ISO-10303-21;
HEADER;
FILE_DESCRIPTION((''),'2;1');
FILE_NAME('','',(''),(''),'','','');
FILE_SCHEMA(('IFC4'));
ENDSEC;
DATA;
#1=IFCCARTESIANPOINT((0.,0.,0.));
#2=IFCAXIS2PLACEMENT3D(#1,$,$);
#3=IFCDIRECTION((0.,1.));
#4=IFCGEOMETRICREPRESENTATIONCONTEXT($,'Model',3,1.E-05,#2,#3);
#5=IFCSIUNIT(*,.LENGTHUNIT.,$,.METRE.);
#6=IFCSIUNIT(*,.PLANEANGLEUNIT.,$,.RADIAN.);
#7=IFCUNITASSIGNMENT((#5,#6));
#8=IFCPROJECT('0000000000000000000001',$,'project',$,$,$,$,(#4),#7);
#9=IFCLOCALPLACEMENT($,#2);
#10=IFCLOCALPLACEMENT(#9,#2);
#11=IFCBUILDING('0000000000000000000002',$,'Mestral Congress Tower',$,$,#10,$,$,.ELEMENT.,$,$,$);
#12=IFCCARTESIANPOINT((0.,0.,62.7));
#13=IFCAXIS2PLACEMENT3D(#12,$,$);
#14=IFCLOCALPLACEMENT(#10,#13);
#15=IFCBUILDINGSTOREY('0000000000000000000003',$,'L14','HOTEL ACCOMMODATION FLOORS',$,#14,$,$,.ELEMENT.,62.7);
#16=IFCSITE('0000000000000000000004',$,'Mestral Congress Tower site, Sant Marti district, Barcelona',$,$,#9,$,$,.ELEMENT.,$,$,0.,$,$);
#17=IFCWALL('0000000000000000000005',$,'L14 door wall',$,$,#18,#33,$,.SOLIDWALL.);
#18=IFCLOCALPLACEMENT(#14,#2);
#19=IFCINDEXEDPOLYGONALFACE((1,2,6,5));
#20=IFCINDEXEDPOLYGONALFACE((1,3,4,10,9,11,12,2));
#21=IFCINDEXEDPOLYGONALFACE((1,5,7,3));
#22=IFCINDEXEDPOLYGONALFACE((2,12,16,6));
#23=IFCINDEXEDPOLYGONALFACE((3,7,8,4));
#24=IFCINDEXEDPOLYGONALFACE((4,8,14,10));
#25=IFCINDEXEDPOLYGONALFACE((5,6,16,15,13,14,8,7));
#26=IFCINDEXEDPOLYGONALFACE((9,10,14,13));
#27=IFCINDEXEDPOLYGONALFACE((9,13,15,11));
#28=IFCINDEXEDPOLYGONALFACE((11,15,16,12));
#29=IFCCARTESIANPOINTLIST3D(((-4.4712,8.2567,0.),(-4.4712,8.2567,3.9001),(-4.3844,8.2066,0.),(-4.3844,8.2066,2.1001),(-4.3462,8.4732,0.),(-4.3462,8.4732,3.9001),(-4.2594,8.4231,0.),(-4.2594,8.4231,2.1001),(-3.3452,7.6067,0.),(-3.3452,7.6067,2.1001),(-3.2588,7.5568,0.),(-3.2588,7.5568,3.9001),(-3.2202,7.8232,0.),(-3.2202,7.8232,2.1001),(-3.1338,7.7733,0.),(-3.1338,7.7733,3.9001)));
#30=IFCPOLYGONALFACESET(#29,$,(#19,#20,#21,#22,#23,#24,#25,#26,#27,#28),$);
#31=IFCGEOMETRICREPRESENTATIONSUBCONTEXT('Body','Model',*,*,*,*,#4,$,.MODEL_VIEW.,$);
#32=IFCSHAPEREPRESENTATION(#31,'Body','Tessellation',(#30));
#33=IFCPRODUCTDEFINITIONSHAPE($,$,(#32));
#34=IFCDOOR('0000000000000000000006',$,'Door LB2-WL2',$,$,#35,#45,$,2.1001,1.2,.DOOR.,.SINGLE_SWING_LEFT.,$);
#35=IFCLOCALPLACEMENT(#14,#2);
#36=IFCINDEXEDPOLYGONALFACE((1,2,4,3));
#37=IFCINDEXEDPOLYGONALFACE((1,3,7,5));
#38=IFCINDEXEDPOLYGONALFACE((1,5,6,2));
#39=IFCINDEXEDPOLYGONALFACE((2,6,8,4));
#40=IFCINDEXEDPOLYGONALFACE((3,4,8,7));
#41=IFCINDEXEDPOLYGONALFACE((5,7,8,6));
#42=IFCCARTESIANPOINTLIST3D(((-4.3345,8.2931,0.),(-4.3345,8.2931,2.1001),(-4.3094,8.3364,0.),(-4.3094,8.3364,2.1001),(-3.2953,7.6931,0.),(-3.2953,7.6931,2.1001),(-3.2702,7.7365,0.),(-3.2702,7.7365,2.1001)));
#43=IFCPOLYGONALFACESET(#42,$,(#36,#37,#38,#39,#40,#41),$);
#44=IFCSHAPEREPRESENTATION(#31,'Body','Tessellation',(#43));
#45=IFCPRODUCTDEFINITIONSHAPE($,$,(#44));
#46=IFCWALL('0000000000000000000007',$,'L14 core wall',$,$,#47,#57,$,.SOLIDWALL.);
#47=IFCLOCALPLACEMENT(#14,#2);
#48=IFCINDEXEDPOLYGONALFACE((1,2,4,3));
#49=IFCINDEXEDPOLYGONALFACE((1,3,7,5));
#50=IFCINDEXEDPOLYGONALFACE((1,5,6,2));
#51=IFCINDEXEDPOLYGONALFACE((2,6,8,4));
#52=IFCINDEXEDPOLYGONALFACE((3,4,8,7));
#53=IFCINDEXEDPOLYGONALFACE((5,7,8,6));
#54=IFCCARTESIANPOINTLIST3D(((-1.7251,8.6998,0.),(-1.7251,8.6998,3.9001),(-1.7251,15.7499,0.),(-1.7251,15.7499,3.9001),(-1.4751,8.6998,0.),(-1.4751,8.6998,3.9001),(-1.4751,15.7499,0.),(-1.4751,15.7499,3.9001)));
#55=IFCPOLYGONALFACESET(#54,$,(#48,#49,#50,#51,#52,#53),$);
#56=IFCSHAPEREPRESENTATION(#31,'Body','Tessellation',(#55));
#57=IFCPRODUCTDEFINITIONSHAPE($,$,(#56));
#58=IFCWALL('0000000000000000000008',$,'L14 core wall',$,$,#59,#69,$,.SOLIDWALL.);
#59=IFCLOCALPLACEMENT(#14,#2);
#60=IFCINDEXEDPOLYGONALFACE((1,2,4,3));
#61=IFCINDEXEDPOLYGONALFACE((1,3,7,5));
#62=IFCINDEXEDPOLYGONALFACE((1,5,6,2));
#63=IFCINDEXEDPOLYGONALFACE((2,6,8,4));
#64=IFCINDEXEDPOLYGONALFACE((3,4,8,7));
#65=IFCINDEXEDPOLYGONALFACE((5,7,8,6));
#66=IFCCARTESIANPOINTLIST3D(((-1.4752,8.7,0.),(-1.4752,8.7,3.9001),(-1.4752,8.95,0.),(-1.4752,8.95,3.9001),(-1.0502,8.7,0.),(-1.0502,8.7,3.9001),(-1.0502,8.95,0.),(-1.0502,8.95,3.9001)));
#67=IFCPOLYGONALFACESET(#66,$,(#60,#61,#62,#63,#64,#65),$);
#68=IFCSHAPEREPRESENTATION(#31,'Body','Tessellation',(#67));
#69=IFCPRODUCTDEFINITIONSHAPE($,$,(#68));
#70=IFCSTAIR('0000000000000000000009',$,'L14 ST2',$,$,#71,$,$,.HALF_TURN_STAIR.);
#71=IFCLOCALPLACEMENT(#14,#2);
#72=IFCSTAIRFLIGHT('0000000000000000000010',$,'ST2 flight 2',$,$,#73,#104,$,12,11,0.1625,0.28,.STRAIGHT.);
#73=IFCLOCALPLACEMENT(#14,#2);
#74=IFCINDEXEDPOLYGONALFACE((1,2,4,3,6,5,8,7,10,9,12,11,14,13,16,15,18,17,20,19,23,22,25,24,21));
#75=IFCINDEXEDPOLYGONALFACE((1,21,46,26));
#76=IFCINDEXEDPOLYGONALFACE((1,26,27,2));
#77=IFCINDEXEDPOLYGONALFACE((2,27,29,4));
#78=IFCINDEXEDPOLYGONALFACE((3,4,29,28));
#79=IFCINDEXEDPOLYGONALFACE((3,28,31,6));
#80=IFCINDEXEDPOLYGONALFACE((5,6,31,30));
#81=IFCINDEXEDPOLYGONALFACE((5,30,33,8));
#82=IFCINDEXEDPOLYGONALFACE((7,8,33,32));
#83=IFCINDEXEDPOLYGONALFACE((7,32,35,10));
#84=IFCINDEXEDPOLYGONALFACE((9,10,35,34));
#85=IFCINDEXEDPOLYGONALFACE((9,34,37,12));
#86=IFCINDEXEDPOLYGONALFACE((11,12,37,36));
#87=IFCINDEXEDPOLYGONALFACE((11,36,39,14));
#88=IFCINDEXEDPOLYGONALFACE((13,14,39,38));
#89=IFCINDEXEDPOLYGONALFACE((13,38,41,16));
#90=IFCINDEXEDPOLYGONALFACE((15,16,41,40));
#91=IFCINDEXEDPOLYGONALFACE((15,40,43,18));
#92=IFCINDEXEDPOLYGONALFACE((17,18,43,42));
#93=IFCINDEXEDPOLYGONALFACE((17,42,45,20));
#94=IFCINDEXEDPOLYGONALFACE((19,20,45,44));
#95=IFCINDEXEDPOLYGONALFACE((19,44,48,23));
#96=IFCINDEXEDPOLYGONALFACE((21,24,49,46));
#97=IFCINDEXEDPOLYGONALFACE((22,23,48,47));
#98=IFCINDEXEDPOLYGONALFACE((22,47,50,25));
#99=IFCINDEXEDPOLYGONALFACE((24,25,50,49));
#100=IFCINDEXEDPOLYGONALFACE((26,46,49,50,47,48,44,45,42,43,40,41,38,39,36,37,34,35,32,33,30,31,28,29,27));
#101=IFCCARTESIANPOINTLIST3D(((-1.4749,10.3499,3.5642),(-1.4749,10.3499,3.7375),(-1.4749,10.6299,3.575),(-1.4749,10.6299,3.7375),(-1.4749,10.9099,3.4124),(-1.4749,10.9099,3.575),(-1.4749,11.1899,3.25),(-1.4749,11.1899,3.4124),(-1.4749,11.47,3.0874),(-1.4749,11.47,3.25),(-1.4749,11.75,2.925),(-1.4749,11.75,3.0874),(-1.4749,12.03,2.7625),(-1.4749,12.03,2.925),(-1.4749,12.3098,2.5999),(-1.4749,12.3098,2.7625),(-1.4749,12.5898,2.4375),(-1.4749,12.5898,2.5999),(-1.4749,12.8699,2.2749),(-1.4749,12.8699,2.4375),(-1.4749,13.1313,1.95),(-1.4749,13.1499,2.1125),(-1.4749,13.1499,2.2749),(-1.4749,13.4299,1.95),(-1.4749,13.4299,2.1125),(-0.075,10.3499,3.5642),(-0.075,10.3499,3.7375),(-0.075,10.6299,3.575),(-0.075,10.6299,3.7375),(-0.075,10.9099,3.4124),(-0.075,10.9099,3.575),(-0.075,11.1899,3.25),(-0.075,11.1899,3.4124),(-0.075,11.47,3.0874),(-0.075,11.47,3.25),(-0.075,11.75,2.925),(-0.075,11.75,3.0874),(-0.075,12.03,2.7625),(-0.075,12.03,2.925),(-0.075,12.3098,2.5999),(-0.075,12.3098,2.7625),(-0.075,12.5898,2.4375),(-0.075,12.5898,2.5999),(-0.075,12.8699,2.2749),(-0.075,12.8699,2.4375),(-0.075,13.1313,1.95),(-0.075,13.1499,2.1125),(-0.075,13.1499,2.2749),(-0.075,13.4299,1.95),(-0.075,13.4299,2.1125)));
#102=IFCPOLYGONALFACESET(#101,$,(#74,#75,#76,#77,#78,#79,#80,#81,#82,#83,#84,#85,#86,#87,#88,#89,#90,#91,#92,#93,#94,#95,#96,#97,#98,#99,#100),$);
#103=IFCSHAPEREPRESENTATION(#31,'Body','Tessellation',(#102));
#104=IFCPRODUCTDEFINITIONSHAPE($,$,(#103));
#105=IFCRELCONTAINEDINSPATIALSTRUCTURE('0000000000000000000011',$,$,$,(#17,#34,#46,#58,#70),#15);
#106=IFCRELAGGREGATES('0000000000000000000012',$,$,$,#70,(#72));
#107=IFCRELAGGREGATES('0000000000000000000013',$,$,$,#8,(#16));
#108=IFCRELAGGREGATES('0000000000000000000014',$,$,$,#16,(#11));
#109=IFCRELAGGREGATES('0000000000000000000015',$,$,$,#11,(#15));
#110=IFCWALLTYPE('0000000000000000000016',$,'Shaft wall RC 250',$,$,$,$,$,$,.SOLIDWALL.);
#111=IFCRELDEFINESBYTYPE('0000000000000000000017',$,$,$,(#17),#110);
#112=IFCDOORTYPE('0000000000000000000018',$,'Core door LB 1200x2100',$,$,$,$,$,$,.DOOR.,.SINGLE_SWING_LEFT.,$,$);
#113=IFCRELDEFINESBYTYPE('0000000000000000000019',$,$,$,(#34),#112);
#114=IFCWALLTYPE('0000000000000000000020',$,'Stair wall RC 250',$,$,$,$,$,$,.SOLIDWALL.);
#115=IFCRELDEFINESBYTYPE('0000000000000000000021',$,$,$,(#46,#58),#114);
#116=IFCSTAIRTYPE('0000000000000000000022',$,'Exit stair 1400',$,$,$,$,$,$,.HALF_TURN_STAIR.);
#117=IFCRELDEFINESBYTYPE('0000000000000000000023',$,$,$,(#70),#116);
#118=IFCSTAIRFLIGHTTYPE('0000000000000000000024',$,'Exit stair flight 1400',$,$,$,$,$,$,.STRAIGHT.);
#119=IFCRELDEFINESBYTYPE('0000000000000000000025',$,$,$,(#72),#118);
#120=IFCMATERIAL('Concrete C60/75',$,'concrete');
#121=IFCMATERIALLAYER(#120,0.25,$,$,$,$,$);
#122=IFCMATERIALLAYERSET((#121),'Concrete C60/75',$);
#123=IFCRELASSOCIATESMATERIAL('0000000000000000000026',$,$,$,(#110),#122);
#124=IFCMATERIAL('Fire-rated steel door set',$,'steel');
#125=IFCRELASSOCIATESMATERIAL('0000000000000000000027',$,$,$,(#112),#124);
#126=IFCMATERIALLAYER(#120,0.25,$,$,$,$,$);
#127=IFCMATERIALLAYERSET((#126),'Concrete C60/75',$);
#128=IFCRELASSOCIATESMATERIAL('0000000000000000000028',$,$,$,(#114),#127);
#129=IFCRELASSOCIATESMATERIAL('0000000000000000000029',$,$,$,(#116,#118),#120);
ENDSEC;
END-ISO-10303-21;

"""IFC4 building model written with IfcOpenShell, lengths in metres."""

from ifc_helpers import new_model, si_unit, direction, frame, frame_2d, origin, place, context, subcontext, project, spatial, polyline, rectangle, outline, extrude, material, layer, layer_set, type_object, element, fill, aggregate, save


model = new_model("IFC4")

# Units and contexts
model_context = context("Model", 3, precision=1e-05, world=origin(), true_north=direction((0.0, 1.0)))
body_context = subcontext(model_context, "Body", "Model", "MODEL_VIEW")
ifc_project = project(units=[si_unit("LENGTHUNIT", "METRE"), si_unit("PLANEANGLEUNIT", "RADIAN")], contexts=[model_context])

# Site, building, storey
site_placement = place(None, origin())
site = spatial("IfcSite", under=ifc_project, at=site_placement, Name="Mestral Congress Tower site, Sant Marti district, Barcelona", CompositionType="ELEMENT", RefElevation=0.0)
building_placement = place(site_placement, origin())
building = spatial("IfcBuilding", under=site, at=building_placement, Name="Mestral Congress Tower", CompositionType="ELEMENT")
storey_placement = place(building_placement, frame((0.0, 0.0, 62.7)))
storey = spatial("IfcBuildingStorey", under=building, at=storey_placement, Name="L14", Description="HOTEL ACCOMMODATION FLOORS", CompositionType="ELEMENT", Elevation=62.7)

# Shared definitions
ifc_material_1 = material(Name="Fire-rated steel door set", Category="steel")

# Shared definitions
ifc_material_2 = material(Name="Concrete C60/75", Category="concrete")
ifc_layer_1 = layer(ifc_material_2, 0.25)
ifc_layer_set_1 = layer_set([ifc_layer_1], Name="Concrete C60/75")
wall_type_1 = type_object("IfcWallType", Name="Shaft wall RC 250", PredefinedType="SOLIDWALL", material=ifc_layer_set_1)

# Wall, opening, door
wall_1_placement = place(storey_placement, frame((-4.4087, 8.365, 0.0), z_axis=(0.0, 0.0, 1.0), x_axis=(0.866035, -0.499984, 0.0)))
wall_1 = element("IfcWall", 1, at=wall_1_placement, inside=storey, type_object=wall_type_1, Name="L14 door wall", PredefinedType="SOLIDWALL", context=body_context, shape_type="SweptSolid", body=[
    extrude(rectangle(XDim=1.3999, YDim=0.25, at=frame_2d((0.7, 0.0))), origin(), (0.0, 0.0, 1.0), 3.9001),
])
opening_1_placement = place(wall_1_placement, frame((0.1001, 0.0, 0.0)))
opening_1 = element("IfcOpeningElement", 2, at=opening_1_placement, cuts=wall_1, PredefinedType="OPENING", context=body_context, shape_type="SweptSolid", body=[
    extrude(rectangle(XDim=1.2, YDim=2.1001, at=frame_2d((0.6001, 1.05))), frame((0.0, 0.135, 0.0), z_axis=(0.0, -1.0, 0.0), x_axis=(1.0, 0.0, 0.0)), (0.0, 0.0, 1.0), 0.27),
])
door_type_1 = type_object("IfcDoorType", Name="Core door LB 1200x2100", OperationType="SINGLE_SWING_LEFT", PredefinedType="DOOR", material=ifc_material_1)
door_1_placement = place(opening_1_placement, origin())
door_1 = element("IfcDoor", 3, at=door_1_placement, inside=storey, type_object=door_type_1, Name="Door LB2-WL2", OperationType="SINGLE_SWING_LEFT", OverallHeight=2.1001, OverallWidth=1.2, PredefinedType="DOOR", context=body_context, shape_type="SweptSolid", body=[
    extrude(rectangle(XDim=1.2, YDim=2.1001, at=frame_2d((0.6001, 1.05))), frame((0.0, 0.0249, 0.0), z_axis=(0.0, -1.0, 0.0), x_axis=(1.0, 0.0, 0.0)), (0.0, 0.0, 1.0), 0.05),
])
fill(opening_1, door_1)

# Walls
ifc_layer_2 = layer(ifc_material_2, 0.25)
ifc_layer_set_2 = layer_set([ifc_layer_2], Name="Concrete C60/75")
wall_type_2 = type_object("IfcWallType", Name="Stair wall RC 250", PredefinedType="SOLIDWALL", material=ifc_layer_set_2)
wall_2_placement = place(storey_placement, frame((-1.6001, 8.7, 0.0), z_axis=(0.0, 0.0, 1.0), x_axis=(0.0, 1.0, 0.0)))
element("IfcWall", 4, at=wall_2_placement, inside=storey, type_object=wall_type_2, Name="L14 core wall", PredefinedType="SOLIDWALL", context=body_context, shape_type="SweptSolid", body=[
    extrude(rectangle(XDim=7.05, YDim=0.25, at=frame_2d((3.5249, 0.0))), origin(), (0.0, 0.0, 1.0), 3.9001),
])
wall_3_placement = place(storey_placement, frame((-1.4751, 8.825, 0.0), z_axis=(0.0, 0.0, 1.0), x_axis=(1.0, 0.0, 0.0)))
element("IfcWall", 5, at=wall_3_placement, inside=storey, type_object=wall_type_2, Name="L14 core wall", PredefinedType="SOLIDWALL", context=body_context, shape_type="SweptSolid", body=[
    extrude(rectangle(XDim=0.425, YDim=0.25, at=frame_2d((0.2124, 0.0))), origin(), (0.0, 0.0, 1.0), 3.9001),
])

# Stair, stair flight
stair_type = type_object("IfcStairType", Name="Exit stair 1400", PredefinedType="HALF_TURN_STAIR", material=ifc_material_2)
stair_placement = place(storey_placement, origin())
stair = element("IfcStair", 6, at=stair_placement, inside=storey, type_object=stair_type, Name="L14 ST2", PredefinedType="HALF_TURN_STAIR")
stair_flight_type = type_object("IfcStairFlightType", Name="Exit stair flight 1400", PredefinedType="STRAIGHT", material=ifc_material_2)
stair_flight_placement = place(storey_placement, frame((-0.7749, 13.4299, 1.95), z_axis=(0.0, 0.0, 1.0), x_axis=(0.0, -1.0, 0.0)))
stair_flight = element("IfcStairFlight", 7, at=stair_flight_placement, type_object=stair_flight_type, Name="ST2 flight 2", NumberOfRisers=12, NumberOfTreads=11, PredefinedType="STRAIGHT", RiserHeight=0.1625, TreadLength=0.28, context=body_context, shape_type="SweptSolid", body=[
    extrude(outline(polyline([(0.0, 0.0), (0.0, 0.1626), (0.28, 0.1626), (0.28, 0.325), (0.5601, 0.325), (0.5601, 0.4875), (0.8401, 0.4875), (0.8401, 0.6499), (1.1201, 0.6499), (1.1201, 0.8125), (1.3999, 0.8125), (1.3999, 0.9751), (1.6799, 0.9751), (1.6799, 1.1375), (1.96, 1.1375), (1.96, 1.3), (2.24, 1.3), (2.24, 1.4624), (2.52, 1.4624), (2.52, 1.625), (2.8, 1.625), (2.8, 1.7876), (3.0801, 1.7876), (3.0801, 1.95), (3.0801, 1.6143), (0.2986, 0.0), (0.0, 0.0)])), frame((0.0, 0.7, 0.0), z_axis=(0.0, -1.0, 0.0), x_axis=(1.0, 0.0, 0.0)), (0.0, 0.0, 1.0), 1.3999),
])
aggregate(stair, [stair_flight])

save(model, "model.ifc")
